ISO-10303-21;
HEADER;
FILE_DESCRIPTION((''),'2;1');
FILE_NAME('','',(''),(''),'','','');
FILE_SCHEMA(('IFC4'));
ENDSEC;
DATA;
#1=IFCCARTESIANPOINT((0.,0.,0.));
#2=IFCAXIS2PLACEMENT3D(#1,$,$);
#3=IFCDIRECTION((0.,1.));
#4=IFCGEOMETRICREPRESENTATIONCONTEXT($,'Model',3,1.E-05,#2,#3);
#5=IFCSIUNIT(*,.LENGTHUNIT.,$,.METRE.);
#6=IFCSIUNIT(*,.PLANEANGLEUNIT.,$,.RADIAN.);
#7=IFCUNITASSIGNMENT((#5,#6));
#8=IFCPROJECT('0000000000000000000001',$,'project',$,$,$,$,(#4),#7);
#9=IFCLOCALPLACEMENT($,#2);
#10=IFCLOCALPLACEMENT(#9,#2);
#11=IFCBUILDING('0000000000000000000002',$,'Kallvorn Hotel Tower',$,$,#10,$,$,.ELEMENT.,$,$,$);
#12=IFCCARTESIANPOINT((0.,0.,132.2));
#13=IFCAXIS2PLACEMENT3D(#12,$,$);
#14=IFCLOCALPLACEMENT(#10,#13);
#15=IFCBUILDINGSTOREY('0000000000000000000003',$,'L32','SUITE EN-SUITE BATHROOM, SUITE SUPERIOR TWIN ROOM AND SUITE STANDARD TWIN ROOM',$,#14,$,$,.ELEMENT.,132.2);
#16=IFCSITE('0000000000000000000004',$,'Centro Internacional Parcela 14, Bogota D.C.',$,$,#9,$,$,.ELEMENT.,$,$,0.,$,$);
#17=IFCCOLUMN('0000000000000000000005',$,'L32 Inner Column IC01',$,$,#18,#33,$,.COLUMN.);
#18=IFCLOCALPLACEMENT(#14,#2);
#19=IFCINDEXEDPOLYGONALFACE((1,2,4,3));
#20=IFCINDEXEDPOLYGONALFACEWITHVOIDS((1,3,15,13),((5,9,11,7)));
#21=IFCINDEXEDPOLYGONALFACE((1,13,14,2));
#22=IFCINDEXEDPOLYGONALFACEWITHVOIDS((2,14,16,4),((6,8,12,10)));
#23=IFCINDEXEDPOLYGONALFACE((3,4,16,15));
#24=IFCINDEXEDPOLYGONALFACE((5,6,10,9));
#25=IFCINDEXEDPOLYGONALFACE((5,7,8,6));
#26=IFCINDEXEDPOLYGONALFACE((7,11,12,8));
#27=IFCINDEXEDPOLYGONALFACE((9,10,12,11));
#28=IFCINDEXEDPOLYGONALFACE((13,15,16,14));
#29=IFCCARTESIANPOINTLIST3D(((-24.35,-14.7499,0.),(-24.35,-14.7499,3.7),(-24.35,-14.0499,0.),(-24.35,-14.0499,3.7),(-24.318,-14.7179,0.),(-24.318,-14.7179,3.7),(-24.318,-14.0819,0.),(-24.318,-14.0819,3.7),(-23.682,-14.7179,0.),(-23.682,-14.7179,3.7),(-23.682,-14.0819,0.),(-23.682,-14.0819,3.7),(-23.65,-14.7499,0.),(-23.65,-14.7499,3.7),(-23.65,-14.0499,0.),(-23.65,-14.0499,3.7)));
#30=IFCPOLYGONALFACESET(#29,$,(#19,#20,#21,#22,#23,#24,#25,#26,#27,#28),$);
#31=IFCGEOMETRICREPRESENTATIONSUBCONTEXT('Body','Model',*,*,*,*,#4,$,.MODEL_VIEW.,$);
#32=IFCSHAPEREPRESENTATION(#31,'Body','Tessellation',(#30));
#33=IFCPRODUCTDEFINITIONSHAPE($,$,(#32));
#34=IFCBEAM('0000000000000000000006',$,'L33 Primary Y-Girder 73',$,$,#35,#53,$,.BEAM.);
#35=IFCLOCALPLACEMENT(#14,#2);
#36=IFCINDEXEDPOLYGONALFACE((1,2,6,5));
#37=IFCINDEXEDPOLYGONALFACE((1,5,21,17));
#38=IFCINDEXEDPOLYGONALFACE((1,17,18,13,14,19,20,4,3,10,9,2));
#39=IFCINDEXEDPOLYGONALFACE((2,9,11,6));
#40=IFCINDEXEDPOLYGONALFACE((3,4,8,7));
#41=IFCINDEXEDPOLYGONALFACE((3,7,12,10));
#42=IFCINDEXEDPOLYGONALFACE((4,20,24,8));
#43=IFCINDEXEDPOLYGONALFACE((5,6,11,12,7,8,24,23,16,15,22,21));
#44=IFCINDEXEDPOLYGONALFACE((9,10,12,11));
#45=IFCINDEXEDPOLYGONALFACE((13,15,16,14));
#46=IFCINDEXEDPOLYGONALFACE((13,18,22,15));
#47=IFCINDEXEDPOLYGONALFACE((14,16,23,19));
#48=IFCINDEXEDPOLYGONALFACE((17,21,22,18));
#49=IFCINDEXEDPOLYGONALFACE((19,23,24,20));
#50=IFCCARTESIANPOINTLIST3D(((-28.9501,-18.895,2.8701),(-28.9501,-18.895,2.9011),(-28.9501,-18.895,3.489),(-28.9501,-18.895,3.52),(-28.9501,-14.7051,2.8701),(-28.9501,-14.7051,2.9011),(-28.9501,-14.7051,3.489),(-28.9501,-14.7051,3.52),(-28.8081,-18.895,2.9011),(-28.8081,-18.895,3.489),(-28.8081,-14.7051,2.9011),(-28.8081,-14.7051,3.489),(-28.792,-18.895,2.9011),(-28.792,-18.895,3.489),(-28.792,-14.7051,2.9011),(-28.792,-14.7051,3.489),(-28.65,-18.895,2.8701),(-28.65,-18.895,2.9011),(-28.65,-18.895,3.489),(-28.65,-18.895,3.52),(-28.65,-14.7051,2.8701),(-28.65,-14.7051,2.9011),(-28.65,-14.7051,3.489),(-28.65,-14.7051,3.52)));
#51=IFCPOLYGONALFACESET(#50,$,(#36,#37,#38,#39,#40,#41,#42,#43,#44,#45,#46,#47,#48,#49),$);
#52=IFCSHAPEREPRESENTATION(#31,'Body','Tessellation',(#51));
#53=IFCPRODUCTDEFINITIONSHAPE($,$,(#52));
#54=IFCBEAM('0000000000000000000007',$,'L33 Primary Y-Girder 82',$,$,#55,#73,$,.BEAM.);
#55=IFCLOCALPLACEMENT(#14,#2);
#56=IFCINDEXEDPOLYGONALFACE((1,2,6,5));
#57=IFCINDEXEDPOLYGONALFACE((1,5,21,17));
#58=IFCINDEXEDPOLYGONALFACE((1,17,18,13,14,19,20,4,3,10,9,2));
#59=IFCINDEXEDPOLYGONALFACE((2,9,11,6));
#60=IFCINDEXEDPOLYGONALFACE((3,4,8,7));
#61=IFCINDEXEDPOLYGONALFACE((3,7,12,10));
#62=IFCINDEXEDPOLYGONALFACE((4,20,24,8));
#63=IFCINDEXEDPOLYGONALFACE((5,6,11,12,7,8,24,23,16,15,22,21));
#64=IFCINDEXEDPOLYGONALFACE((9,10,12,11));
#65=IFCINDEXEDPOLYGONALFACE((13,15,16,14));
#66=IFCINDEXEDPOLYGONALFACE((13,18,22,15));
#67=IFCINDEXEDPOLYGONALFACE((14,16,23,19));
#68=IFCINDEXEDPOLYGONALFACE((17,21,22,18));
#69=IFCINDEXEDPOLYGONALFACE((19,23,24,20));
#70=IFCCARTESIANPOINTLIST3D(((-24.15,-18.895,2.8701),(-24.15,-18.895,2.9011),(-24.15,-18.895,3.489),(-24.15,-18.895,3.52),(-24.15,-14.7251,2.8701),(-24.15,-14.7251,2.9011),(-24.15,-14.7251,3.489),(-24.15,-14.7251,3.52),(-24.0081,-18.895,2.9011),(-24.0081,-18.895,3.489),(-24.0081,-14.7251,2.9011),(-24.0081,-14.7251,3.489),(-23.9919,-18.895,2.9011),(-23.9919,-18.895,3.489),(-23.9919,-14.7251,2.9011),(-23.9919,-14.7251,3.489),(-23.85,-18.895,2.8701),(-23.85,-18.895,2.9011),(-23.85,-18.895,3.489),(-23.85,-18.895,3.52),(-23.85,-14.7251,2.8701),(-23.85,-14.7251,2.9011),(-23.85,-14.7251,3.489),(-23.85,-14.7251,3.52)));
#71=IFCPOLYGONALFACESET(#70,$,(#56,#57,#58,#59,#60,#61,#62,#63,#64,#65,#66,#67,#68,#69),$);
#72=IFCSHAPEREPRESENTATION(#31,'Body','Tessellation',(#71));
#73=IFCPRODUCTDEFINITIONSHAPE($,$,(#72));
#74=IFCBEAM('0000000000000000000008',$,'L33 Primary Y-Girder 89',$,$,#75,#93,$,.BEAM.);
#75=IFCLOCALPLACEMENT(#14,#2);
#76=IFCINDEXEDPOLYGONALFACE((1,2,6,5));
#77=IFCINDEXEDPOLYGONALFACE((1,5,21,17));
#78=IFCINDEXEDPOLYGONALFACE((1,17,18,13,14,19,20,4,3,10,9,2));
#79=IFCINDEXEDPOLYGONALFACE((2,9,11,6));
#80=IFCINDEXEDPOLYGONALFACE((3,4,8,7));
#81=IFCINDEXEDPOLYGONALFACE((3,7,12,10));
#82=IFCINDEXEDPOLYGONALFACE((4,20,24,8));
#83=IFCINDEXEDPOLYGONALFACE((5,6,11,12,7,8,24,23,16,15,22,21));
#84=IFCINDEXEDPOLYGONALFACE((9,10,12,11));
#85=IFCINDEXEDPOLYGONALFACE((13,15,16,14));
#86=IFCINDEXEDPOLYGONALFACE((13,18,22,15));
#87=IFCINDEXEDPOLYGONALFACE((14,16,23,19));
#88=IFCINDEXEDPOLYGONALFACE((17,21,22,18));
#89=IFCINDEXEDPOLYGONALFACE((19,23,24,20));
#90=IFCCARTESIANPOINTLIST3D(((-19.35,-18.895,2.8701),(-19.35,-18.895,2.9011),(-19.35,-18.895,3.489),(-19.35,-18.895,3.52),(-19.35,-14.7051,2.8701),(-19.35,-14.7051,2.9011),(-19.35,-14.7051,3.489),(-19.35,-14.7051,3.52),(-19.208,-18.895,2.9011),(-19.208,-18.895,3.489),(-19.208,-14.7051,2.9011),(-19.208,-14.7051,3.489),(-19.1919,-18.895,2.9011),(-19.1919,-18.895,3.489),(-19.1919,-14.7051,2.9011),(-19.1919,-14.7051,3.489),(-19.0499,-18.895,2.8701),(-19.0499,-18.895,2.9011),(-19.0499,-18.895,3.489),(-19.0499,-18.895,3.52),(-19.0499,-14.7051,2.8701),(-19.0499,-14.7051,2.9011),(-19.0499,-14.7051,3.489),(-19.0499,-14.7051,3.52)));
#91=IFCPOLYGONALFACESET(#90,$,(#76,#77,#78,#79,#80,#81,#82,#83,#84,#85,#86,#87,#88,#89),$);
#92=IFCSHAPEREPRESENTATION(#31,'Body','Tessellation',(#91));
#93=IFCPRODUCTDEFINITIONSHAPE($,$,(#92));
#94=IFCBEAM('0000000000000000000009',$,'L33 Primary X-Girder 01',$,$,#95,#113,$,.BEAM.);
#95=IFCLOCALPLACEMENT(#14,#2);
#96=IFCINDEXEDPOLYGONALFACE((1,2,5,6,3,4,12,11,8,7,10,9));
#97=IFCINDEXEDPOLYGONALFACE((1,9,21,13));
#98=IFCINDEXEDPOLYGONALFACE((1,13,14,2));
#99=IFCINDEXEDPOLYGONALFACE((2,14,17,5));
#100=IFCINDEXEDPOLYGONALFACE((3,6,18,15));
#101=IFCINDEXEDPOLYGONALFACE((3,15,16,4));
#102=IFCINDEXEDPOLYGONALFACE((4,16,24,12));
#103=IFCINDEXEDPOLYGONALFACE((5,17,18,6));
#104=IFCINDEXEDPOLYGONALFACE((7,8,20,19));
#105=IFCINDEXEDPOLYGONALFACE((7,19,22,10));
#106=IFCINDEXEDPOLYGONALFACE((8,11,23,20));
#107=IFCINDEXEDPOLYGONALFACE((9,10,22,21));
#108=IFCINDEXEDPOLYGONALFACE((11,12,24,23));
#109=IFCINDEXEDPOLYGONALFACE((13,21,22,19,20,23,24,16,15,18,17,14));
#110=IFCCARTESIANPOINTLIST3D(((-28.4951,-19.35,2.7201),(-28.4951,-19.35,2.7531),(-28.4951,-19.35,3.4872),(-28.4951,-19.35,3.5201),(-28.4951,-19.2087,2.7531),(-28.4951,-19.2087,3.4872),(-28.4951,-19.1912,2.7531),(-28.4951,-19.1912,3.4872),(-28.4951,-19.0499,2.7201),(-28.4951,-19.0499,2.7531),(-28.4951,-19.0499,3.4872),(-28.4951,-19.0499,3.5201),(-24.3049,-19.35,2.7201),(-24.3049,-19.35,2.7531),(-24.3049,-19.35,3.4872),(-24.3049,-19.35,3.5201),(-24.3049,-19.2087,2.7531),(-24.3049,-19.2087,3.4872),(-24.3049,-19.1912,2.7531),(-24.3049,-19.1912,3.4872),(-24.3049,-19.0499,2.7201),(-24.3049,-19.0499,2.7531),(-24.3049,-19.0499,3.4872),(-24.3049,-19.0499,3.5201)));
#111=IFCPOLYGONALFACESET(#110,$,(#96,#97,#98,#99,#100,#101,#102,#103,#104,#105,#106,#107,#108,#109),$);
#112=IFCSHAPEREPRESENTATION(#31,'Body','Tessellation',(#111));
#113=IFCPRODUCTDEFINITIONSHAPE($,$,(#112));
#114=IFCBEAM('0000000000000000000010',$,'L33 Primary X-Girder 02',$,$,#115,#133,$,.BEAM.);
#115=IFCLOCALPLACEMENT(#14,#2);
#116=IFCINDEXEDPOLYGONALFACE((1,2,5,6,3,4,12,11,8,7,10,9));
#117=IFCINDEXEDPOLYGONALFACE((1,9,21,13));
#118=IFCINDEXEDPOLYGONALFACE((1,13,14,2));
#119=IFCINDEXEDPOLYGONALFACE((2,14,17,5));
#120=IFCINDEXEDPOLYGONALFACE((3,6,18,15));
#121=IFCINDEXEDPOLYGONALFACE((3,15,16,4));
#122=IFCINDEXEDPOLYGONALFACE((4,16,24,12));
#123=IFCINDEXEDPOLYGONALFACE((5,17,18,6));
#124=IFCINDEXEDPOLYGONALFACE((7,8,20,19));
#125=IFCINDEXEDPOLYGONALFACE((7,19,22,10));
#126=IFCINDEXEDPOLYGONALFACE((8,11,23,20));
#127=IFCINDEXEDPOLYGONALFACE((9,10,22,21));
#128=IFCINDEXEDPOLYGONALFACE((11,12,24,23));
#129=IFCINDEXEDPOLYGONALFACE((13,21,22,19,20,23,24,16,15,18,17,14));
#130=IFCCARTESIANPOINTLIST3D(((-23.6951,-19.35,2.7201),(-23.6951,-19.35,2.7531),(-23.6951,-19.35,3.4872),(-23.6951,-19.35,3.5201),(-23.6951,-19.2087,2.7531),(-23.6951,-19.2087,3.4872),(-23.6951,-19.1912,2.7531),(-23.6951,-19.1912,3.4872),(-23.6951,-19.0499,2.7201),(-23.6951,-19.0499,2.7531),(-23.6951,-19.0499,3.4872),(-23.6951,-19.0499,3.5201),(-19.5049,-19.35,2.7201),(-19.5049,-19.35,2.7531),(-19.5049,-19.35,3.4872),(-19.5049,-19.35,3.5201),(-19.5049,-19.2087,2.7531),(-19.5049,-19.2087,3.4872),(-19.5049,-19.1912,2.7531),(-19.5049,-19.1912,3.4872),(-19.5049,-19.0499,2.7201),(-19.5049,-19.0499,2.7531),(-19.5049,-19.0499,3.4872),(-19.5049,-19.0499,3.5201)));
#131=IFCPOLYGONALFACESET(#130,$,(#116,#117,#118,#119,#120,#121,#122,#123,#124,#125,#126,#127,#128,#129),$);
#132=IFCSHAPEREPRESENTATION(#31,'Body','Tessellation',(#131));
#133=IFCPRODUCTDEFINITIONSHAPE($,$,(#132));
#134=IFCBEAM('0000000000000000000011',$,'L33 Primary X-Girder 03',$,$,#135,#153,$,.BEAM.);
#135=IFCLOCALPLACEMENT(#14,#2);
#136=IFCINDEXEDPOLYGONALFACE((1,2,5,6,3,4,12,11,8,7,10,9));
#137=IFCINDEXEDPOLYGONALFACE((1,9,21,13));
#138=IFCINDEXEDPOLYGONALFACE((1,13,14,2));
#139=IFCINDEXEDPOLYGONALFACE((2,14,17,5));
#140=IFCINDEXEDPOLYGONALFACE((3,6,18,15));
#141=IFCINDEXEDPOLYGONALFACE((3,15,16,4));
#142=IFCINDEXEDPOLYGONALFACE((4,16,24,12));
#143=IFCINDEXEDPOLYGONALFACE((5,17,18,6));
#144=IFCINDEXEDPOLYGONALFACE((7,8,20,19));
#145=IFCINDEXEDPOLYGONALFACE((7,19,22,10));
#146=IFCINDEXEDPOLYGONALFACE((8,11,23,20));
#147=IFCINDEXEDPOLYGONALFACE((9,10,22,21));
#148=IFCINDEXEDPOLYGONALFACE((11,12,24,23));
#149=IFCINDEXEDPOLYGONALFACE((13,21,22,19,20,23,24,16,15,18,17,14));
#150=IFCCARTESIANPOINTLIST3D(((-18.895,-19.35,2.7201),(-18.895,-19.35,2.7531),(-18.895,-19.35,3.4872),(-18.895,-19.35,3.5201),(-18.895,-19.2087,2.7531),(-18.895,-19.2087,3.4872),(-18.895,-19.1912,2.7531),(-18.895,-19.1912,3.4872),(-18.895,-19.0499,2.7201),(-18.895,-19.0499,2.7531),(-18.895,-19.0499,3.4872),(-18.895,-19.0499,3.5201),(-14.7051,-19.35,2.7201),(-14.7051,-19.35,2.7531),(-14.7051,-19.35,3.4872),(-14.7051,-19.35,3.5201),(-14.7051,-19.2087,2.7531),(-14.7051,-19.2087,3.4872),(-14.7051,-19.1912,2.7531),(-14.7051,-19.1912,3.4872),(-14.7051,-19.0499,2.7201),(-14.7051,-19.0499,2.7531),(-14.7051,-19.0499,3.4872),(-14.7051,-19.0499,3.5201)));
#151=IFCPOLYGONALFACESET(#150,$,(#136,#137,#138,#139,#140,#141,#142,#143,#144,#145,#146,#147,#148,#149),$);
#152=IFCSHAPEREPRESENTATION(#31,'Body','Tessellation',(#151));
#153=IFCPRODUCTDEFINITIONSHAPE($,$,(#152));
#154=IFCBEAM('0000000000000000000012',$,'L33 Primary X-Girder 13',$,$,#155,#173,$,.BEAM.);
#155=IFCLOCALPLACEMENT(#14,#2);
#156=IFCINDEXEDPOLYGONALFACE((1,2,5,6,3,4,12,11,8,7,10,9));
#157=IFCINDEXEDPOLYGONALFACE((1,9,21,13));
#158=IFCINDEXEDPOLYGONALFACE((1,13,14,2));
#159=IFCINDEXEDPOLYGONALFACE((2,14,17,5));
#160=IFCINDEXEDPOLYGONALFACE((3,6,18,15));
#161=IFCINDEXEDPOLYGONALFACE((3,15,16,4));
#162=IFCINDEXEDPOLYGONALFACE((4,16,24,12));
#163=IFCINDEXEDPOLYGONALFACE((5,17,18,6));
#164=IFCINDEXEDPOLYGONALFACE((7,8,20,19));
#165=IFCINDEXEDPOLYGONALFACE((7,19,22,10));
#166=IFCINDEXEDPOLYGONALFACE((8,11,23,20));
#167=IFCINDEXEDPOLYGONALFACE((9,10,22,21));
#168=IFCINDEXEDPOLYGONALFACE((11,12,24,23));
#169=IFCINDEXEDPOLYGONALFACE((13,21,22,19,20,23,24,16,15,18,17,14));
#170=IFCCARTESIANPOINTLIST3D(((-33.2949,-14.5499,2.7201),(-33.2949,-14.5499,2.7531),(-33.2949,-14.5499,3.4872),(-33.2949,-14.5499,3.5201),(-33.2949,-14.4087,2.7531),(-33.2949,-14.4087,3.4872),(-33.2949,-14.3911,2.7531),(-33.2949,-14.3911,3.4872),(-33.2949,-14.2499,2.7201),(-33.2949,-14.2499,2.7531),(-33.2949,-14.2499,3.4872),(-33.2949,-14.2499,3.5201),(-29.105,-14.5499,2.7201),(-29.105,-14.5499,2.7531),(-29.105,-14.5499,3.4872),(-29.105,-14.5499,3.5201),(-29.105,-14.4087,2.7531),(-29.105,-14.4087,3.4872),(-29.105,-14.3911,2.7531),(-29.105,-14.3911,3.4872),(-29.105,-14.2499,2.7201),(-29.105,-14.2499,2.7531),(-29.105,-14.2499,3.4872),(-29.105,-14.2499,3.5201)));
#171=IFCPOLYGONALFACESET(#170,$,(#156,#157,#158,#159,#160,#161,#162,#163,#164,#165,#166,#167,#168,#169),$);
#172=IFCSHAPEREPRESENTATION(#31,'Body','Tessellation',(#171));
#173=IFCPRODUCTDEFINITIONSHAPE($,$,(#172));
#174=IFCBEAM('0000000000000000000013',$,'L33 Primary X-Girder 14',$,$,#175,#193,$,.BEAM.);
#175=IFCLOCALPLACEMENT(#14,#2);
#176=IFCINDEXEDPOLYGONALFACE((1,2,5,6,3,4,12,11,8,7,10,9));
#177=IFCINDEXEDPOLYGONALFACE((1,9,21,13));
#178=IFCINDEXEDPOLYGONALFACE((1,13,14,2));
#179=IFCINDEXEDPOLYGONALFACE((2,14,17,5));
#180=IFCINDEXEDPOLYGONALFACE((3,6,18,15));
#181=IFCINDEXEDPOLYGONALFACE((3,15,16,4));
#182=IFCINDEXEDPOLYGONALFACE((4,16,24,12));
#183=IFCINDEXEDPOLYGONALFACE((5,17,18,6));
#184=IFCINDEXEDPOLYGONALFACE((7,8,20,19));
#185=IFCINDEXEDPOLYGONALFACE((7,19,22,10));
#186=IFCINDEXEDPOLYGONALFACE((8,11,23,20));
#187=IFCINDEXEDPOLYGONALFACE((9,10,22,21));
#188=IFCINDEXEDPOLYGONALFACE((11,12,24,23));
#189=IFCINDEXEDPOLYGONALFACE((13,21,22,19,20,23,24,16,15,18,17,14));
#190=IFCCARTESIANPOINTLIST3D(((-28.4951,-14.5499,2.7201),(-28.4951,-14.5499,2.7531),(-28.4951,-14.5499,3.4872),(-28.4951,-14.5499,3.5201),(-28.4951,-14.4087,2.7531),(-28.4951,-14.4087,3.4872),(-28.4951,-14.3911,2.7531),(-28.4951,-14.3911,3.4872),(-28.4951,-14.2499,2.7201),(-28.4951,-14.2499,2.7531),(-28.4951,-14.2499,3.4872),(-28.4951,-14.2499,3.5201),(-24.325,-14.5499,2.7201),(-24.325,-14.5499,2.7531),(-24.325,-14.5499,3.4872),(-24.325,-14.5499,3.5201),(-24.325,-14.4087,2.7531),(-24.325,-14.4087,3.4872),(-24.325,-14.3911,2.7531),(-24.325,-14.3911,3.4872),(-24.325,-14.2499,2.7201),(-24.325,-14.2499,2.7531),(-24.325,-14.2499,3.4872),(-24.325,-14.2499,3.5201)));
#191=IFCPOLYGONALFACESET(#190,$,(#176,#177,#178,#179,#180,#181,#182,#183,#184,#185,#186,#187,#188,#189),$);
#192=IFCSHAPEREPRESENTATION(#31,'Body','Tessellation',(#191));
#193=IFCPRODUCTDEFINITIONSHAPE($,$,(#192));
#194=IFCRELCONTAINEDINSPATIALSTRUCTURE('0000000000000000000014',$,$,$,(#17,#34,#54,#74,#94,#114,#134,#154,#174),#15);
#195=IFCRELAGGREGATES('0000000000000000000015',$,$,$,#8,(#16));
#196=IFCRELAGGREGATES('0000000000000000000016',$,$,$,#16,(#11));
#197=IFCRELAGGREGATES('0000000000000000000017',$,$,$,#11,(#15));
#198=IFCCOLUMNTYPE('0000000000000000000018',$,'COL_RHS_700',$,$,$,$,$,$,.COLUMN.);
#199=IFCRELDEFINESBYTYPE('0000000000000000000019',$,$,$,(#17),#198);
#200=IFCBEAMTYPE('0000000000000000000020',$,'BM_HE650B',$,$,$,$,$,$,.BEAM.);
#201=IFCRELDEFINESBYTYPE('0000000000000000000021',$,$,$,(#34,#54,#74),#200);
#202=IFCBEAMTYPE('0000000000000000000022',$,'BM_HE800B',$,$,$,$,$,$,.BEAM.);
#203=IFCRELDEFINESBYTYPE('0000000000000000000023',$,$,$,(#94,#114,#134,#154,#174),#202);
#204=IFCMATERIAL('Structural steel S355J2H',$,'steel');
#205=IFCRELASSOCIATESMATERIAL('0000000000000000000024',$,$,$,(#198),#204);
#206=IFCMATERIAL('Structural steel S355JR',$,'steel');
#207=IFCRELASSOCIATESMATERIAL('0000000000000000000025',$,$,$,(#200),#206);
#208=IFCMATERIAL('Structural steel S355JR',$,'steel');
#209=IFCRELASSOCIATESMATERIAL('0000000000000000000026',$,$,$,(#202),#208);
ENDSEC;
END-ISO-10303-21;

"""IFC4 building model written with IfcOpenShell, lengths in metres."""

from ifc_helpers import new_model, si_unit, direction, frame, origin, origin_2d, place, context, subcontext, project, spatial, hollow_rectangle, i_section, extrude, material, material_profile, profile_set, type_object, element, save


model = new_model("IFC4")

# Units and contexts
model_context = context("Model", 3, precision=1e-05, world=origin(), true_north=direction((0.0, 1.0)))
body_context = subcontext(model_context, "Body", "Model", "MODEL_VIEW")
ifc_project = project(units=[si_unit("LENGTHUNIT", "METRE"), si_unit("PLANEANGLEUNIT", "RADIAN")], contexts=[model_context])

# Site, building, storey
site_placement = place(None, origin())
site = spatial("IfcSite", under=ifc_project, at=site_placement, Name="Centro Internacional Parcela 14, Bogota D.C.", CompositionType="ELEMENT", RefElevation=0.0)
building_placement = place(site_placement, origin())
building = spatial("IfcBuilding", under=site, at=building_placement, Name="Kallvorn Hotel Tower", CompositionType="ELEMENT")
storey_placement = place(building_placement, frame((0.0, 0.0, 132.2)))
storey = spatial("IfcBuildingStorey", under=building, at=storey_placement, Name="L32", Description="SUITE EN-SUITE BATHROOM, SUITE SUPERIOR TWIN ROOM AND SUITE STANDARD TWIN ROOM", CompositionType="ELEMENT", Elevation=132.2)

# Column
ifc_material_1 = material(Name="Structural steel S355J2H", Category="steel")
ifc_material_profile_1 = material_profile(ifc_material_1, hollow_rectangle(XDim=0.7, YDim=0.7, WallThickness=0.032, at=origin_2d()), Name="RHS 700x700x32")
ifc_profile_set_1 = profile_set([ifc_material_profile_1], Name="Structural steel S355J2H")
column_type_1 = type_object("IfcColumnType", Name="COL_RHS_700", PredefinedType="COLUMN", material=ifc_profile_set_1)
column_placement = place(storey_placement, frame((-24.0, -14.3999, 0.0), z_axis=(0.0, 0.0, 1.0), x_axis=(1.0, 0.0, 0.0)))
element("IfcColumn", 1, at=column_placement, inside=storey, type_object=column_type_1, Name="L32 Inner Column IC01", PredefinedType="COLUMN", context=body_context, shape_type="SweptSolid", body=[
    extrude(hollow_rectangle(XDim=0.7, YDim=0.7, WallThickness=0.032, at=origin_2d()), origin(), (0.0, 0.0, 1.0), 3.7),
])

# Beams
ifc_material_2 = material(Name="Structural steel S355JR", Category="steel")
ifc_material_profile_2 = material_profile(ifc_material_2, i_section(OverallWidth=0.3, OverallDepth=0.6499, WebThickness=0.0161, FlangeThickness=0.031, at=origin_2d()), Name="HE 650 B")
ifc_profile_set_2 = profile_set([ifc_material_profile_2], Name="Structural steel S355JR")
beam_type_1 = type_object("IfcBeamType", Name="BM_HE650B", PredefinedType="BEAM", material=ifc_profile_set_2)
beam_1_placement = place(storey_placement, frame((-28.8, -18.895, 3.1951), z_axis=(0.0, 1.0, 0.0), x_axis=(-1.0, 0.0, 0.0)))
element("IfcBeam", 2, at=beam_1_placement, inside=storey, type_object=beam_type_1, Name="L33 Primary Y-Girder 73", PredefinedType="BEAM", context=body_context, shape_type="SweptSolid", body=[
    extrude(i_section(OverallWidth=0.3, OverallDepth=0.6499, WebThickness=0.0161, FlangeThickness=0.031, at=origin_2d()), origin(), (0.0, 0.0, 1.0), 4.1899),
])
beam_2_placement = place(storey_placement, frame((-24.0, -18.895, 3.1951), z_axis=(0.0, 1.0, 0.0), x_axis=(-1.0, 0.0, 0.0)))
element("IfcBeam", 3, at=beam_2_placement, inside=storey, type_object=beam_type_1, Name="L33 Primary Y-Girder 82", PredefinedType="BEAM", context=body_context, shape_type="SweptSolid", body=[
    extrude(i_section(OverallWidth=0.3, OverallDepth=0.6499, WebThickness=0.0161, FlangeThickness=0.031, at=origin_2d()), origin(), (0.0, 0.0, 1.0), 4.1699),
])
beam_3_placement = place(storey_placement, frame((-19.2, -18.895, 3.1951), z_axis=(0.0, 1.0, 0.0), x_axis=(-1.0, 0.0, 0.0)))
element("IfcBeam", 4, at=beam_3_placement, inside=storey, type_object=beam_type_1, Name="L33 Primary Y-Girder 89", PredefinedType="BEAM", context=body_context, shape_type="SweptSolid", body=[
    extrude(i_section(OverallWidth=0.3, OverallDepth=0.6499, WebThickness=0.0161, FlangeThickness=0.031, at=origin_2d()), origin(), (0.0, 0.0, 1.0), 4.1899),
])
ifc_material_3 = material(Name="Structural steel S355JR", Category="steel")
ifc_material_profile_3 = material_profile(ifc_material_3, i_section(OverallWidth=0.3, OverallDepth=0.8, WebThickness=0.0176, FlangeThickness=0.033, at=origin_2d()), Name="HE 800 B")
ifc_profile_set_3 = profile_set([ifc_material_profile_3], Name="Structural steel S355JR")
beam_type_2 = type_object("IfcBeamType", Name="BM_HE800B", PredefinedType="BEAM", material=ifc_profile_set_3)
for number, where, z_axis, x_axis, name in (
    (5, (-28.4951, -19.2, 3.1201), (1.0, 0.0, 0.0), (0.0, 1.0, 0.0), "L33 Primary X-Girder 01"),
    (6, (-23.6951, -19.2, 3.1201), (1.0, 0.0, 0.0), (0.0, 1.0, 0.0), "L33 Primary X-Girder 02"),
):
    element("IfcBeam", number, at=place(storey_placement, frame(where, z_axis=z_axis, x_axis=x_axis)), inside=storey, type_object=beam_type_2, Name=name, PredefinedType="BEAM", context=body_context, shape_type="SweptSolid", body=[
        extrude(i_section(OverallWidth=0.3, OverallDepth=0.8, WebThickness=0.0176, FlangeThickness=0.033, at=origin_2d()), origin(), (0.0, 0.0, 1.0), 4.1902),
    ])
for number, where, z_axis, x_axis, name in (
    (7, (-18.895, -19.2, 3.1201), (1.0, 0.0, 0.0), (0.0, 1.0, 0.0), "L33 Primary X-Girder 03"),
    (8, (-33.2949, -14.3999, 3.1201), (1.0, 0.0, 0.0), (0.0, 1.0, 0.0), "L33 Primary X-Girder 13"),
):
    element("IfcBeam", number, at=place(storey_placement, frame(where, z_axis=z_axis, x_axis=x_axis)), inside=storey, type_object=beam_type_2, Name=name, PredefinedType="BEAM", context=body_context, shape_type="SweptSolid", body=[
        extrude(i_section(OverallWidth=0.3, OverallDepth=0.8, WebThickness=0.0176, FlangeThickness=0.033, at=origin_2d()), origin(), (0.0, 0.0, 1.0), 4.1899),
    ])
for number, where, z_axis, x_axis, name in (
    (9, (-28.4951, -14.3999, 3.1201), (1.0, 0.0, 0.0), (0.0, 1.0, 0.0), "L33 Primary X-Girder 14"),
):
    element("IfcBeam", number, at=place(storey_placement, frame(where, z_axis=z_axis, x_axis=x_axis)), inside=storey, type_object=beam_type_2, Name=name, PredefinedType="BEAM", context=body_context, shape_type="SweptSolid", body=[
        extrude(i_section(OverallWidth=0.3, OverallDepth=0.8, WebThickness=0.0176, FlangeThickness=0.033, at=origin_2d()), origin(), (0.0, 0.0, 1.0), 4.1702),
    ])

save(model, "model.ifc")
